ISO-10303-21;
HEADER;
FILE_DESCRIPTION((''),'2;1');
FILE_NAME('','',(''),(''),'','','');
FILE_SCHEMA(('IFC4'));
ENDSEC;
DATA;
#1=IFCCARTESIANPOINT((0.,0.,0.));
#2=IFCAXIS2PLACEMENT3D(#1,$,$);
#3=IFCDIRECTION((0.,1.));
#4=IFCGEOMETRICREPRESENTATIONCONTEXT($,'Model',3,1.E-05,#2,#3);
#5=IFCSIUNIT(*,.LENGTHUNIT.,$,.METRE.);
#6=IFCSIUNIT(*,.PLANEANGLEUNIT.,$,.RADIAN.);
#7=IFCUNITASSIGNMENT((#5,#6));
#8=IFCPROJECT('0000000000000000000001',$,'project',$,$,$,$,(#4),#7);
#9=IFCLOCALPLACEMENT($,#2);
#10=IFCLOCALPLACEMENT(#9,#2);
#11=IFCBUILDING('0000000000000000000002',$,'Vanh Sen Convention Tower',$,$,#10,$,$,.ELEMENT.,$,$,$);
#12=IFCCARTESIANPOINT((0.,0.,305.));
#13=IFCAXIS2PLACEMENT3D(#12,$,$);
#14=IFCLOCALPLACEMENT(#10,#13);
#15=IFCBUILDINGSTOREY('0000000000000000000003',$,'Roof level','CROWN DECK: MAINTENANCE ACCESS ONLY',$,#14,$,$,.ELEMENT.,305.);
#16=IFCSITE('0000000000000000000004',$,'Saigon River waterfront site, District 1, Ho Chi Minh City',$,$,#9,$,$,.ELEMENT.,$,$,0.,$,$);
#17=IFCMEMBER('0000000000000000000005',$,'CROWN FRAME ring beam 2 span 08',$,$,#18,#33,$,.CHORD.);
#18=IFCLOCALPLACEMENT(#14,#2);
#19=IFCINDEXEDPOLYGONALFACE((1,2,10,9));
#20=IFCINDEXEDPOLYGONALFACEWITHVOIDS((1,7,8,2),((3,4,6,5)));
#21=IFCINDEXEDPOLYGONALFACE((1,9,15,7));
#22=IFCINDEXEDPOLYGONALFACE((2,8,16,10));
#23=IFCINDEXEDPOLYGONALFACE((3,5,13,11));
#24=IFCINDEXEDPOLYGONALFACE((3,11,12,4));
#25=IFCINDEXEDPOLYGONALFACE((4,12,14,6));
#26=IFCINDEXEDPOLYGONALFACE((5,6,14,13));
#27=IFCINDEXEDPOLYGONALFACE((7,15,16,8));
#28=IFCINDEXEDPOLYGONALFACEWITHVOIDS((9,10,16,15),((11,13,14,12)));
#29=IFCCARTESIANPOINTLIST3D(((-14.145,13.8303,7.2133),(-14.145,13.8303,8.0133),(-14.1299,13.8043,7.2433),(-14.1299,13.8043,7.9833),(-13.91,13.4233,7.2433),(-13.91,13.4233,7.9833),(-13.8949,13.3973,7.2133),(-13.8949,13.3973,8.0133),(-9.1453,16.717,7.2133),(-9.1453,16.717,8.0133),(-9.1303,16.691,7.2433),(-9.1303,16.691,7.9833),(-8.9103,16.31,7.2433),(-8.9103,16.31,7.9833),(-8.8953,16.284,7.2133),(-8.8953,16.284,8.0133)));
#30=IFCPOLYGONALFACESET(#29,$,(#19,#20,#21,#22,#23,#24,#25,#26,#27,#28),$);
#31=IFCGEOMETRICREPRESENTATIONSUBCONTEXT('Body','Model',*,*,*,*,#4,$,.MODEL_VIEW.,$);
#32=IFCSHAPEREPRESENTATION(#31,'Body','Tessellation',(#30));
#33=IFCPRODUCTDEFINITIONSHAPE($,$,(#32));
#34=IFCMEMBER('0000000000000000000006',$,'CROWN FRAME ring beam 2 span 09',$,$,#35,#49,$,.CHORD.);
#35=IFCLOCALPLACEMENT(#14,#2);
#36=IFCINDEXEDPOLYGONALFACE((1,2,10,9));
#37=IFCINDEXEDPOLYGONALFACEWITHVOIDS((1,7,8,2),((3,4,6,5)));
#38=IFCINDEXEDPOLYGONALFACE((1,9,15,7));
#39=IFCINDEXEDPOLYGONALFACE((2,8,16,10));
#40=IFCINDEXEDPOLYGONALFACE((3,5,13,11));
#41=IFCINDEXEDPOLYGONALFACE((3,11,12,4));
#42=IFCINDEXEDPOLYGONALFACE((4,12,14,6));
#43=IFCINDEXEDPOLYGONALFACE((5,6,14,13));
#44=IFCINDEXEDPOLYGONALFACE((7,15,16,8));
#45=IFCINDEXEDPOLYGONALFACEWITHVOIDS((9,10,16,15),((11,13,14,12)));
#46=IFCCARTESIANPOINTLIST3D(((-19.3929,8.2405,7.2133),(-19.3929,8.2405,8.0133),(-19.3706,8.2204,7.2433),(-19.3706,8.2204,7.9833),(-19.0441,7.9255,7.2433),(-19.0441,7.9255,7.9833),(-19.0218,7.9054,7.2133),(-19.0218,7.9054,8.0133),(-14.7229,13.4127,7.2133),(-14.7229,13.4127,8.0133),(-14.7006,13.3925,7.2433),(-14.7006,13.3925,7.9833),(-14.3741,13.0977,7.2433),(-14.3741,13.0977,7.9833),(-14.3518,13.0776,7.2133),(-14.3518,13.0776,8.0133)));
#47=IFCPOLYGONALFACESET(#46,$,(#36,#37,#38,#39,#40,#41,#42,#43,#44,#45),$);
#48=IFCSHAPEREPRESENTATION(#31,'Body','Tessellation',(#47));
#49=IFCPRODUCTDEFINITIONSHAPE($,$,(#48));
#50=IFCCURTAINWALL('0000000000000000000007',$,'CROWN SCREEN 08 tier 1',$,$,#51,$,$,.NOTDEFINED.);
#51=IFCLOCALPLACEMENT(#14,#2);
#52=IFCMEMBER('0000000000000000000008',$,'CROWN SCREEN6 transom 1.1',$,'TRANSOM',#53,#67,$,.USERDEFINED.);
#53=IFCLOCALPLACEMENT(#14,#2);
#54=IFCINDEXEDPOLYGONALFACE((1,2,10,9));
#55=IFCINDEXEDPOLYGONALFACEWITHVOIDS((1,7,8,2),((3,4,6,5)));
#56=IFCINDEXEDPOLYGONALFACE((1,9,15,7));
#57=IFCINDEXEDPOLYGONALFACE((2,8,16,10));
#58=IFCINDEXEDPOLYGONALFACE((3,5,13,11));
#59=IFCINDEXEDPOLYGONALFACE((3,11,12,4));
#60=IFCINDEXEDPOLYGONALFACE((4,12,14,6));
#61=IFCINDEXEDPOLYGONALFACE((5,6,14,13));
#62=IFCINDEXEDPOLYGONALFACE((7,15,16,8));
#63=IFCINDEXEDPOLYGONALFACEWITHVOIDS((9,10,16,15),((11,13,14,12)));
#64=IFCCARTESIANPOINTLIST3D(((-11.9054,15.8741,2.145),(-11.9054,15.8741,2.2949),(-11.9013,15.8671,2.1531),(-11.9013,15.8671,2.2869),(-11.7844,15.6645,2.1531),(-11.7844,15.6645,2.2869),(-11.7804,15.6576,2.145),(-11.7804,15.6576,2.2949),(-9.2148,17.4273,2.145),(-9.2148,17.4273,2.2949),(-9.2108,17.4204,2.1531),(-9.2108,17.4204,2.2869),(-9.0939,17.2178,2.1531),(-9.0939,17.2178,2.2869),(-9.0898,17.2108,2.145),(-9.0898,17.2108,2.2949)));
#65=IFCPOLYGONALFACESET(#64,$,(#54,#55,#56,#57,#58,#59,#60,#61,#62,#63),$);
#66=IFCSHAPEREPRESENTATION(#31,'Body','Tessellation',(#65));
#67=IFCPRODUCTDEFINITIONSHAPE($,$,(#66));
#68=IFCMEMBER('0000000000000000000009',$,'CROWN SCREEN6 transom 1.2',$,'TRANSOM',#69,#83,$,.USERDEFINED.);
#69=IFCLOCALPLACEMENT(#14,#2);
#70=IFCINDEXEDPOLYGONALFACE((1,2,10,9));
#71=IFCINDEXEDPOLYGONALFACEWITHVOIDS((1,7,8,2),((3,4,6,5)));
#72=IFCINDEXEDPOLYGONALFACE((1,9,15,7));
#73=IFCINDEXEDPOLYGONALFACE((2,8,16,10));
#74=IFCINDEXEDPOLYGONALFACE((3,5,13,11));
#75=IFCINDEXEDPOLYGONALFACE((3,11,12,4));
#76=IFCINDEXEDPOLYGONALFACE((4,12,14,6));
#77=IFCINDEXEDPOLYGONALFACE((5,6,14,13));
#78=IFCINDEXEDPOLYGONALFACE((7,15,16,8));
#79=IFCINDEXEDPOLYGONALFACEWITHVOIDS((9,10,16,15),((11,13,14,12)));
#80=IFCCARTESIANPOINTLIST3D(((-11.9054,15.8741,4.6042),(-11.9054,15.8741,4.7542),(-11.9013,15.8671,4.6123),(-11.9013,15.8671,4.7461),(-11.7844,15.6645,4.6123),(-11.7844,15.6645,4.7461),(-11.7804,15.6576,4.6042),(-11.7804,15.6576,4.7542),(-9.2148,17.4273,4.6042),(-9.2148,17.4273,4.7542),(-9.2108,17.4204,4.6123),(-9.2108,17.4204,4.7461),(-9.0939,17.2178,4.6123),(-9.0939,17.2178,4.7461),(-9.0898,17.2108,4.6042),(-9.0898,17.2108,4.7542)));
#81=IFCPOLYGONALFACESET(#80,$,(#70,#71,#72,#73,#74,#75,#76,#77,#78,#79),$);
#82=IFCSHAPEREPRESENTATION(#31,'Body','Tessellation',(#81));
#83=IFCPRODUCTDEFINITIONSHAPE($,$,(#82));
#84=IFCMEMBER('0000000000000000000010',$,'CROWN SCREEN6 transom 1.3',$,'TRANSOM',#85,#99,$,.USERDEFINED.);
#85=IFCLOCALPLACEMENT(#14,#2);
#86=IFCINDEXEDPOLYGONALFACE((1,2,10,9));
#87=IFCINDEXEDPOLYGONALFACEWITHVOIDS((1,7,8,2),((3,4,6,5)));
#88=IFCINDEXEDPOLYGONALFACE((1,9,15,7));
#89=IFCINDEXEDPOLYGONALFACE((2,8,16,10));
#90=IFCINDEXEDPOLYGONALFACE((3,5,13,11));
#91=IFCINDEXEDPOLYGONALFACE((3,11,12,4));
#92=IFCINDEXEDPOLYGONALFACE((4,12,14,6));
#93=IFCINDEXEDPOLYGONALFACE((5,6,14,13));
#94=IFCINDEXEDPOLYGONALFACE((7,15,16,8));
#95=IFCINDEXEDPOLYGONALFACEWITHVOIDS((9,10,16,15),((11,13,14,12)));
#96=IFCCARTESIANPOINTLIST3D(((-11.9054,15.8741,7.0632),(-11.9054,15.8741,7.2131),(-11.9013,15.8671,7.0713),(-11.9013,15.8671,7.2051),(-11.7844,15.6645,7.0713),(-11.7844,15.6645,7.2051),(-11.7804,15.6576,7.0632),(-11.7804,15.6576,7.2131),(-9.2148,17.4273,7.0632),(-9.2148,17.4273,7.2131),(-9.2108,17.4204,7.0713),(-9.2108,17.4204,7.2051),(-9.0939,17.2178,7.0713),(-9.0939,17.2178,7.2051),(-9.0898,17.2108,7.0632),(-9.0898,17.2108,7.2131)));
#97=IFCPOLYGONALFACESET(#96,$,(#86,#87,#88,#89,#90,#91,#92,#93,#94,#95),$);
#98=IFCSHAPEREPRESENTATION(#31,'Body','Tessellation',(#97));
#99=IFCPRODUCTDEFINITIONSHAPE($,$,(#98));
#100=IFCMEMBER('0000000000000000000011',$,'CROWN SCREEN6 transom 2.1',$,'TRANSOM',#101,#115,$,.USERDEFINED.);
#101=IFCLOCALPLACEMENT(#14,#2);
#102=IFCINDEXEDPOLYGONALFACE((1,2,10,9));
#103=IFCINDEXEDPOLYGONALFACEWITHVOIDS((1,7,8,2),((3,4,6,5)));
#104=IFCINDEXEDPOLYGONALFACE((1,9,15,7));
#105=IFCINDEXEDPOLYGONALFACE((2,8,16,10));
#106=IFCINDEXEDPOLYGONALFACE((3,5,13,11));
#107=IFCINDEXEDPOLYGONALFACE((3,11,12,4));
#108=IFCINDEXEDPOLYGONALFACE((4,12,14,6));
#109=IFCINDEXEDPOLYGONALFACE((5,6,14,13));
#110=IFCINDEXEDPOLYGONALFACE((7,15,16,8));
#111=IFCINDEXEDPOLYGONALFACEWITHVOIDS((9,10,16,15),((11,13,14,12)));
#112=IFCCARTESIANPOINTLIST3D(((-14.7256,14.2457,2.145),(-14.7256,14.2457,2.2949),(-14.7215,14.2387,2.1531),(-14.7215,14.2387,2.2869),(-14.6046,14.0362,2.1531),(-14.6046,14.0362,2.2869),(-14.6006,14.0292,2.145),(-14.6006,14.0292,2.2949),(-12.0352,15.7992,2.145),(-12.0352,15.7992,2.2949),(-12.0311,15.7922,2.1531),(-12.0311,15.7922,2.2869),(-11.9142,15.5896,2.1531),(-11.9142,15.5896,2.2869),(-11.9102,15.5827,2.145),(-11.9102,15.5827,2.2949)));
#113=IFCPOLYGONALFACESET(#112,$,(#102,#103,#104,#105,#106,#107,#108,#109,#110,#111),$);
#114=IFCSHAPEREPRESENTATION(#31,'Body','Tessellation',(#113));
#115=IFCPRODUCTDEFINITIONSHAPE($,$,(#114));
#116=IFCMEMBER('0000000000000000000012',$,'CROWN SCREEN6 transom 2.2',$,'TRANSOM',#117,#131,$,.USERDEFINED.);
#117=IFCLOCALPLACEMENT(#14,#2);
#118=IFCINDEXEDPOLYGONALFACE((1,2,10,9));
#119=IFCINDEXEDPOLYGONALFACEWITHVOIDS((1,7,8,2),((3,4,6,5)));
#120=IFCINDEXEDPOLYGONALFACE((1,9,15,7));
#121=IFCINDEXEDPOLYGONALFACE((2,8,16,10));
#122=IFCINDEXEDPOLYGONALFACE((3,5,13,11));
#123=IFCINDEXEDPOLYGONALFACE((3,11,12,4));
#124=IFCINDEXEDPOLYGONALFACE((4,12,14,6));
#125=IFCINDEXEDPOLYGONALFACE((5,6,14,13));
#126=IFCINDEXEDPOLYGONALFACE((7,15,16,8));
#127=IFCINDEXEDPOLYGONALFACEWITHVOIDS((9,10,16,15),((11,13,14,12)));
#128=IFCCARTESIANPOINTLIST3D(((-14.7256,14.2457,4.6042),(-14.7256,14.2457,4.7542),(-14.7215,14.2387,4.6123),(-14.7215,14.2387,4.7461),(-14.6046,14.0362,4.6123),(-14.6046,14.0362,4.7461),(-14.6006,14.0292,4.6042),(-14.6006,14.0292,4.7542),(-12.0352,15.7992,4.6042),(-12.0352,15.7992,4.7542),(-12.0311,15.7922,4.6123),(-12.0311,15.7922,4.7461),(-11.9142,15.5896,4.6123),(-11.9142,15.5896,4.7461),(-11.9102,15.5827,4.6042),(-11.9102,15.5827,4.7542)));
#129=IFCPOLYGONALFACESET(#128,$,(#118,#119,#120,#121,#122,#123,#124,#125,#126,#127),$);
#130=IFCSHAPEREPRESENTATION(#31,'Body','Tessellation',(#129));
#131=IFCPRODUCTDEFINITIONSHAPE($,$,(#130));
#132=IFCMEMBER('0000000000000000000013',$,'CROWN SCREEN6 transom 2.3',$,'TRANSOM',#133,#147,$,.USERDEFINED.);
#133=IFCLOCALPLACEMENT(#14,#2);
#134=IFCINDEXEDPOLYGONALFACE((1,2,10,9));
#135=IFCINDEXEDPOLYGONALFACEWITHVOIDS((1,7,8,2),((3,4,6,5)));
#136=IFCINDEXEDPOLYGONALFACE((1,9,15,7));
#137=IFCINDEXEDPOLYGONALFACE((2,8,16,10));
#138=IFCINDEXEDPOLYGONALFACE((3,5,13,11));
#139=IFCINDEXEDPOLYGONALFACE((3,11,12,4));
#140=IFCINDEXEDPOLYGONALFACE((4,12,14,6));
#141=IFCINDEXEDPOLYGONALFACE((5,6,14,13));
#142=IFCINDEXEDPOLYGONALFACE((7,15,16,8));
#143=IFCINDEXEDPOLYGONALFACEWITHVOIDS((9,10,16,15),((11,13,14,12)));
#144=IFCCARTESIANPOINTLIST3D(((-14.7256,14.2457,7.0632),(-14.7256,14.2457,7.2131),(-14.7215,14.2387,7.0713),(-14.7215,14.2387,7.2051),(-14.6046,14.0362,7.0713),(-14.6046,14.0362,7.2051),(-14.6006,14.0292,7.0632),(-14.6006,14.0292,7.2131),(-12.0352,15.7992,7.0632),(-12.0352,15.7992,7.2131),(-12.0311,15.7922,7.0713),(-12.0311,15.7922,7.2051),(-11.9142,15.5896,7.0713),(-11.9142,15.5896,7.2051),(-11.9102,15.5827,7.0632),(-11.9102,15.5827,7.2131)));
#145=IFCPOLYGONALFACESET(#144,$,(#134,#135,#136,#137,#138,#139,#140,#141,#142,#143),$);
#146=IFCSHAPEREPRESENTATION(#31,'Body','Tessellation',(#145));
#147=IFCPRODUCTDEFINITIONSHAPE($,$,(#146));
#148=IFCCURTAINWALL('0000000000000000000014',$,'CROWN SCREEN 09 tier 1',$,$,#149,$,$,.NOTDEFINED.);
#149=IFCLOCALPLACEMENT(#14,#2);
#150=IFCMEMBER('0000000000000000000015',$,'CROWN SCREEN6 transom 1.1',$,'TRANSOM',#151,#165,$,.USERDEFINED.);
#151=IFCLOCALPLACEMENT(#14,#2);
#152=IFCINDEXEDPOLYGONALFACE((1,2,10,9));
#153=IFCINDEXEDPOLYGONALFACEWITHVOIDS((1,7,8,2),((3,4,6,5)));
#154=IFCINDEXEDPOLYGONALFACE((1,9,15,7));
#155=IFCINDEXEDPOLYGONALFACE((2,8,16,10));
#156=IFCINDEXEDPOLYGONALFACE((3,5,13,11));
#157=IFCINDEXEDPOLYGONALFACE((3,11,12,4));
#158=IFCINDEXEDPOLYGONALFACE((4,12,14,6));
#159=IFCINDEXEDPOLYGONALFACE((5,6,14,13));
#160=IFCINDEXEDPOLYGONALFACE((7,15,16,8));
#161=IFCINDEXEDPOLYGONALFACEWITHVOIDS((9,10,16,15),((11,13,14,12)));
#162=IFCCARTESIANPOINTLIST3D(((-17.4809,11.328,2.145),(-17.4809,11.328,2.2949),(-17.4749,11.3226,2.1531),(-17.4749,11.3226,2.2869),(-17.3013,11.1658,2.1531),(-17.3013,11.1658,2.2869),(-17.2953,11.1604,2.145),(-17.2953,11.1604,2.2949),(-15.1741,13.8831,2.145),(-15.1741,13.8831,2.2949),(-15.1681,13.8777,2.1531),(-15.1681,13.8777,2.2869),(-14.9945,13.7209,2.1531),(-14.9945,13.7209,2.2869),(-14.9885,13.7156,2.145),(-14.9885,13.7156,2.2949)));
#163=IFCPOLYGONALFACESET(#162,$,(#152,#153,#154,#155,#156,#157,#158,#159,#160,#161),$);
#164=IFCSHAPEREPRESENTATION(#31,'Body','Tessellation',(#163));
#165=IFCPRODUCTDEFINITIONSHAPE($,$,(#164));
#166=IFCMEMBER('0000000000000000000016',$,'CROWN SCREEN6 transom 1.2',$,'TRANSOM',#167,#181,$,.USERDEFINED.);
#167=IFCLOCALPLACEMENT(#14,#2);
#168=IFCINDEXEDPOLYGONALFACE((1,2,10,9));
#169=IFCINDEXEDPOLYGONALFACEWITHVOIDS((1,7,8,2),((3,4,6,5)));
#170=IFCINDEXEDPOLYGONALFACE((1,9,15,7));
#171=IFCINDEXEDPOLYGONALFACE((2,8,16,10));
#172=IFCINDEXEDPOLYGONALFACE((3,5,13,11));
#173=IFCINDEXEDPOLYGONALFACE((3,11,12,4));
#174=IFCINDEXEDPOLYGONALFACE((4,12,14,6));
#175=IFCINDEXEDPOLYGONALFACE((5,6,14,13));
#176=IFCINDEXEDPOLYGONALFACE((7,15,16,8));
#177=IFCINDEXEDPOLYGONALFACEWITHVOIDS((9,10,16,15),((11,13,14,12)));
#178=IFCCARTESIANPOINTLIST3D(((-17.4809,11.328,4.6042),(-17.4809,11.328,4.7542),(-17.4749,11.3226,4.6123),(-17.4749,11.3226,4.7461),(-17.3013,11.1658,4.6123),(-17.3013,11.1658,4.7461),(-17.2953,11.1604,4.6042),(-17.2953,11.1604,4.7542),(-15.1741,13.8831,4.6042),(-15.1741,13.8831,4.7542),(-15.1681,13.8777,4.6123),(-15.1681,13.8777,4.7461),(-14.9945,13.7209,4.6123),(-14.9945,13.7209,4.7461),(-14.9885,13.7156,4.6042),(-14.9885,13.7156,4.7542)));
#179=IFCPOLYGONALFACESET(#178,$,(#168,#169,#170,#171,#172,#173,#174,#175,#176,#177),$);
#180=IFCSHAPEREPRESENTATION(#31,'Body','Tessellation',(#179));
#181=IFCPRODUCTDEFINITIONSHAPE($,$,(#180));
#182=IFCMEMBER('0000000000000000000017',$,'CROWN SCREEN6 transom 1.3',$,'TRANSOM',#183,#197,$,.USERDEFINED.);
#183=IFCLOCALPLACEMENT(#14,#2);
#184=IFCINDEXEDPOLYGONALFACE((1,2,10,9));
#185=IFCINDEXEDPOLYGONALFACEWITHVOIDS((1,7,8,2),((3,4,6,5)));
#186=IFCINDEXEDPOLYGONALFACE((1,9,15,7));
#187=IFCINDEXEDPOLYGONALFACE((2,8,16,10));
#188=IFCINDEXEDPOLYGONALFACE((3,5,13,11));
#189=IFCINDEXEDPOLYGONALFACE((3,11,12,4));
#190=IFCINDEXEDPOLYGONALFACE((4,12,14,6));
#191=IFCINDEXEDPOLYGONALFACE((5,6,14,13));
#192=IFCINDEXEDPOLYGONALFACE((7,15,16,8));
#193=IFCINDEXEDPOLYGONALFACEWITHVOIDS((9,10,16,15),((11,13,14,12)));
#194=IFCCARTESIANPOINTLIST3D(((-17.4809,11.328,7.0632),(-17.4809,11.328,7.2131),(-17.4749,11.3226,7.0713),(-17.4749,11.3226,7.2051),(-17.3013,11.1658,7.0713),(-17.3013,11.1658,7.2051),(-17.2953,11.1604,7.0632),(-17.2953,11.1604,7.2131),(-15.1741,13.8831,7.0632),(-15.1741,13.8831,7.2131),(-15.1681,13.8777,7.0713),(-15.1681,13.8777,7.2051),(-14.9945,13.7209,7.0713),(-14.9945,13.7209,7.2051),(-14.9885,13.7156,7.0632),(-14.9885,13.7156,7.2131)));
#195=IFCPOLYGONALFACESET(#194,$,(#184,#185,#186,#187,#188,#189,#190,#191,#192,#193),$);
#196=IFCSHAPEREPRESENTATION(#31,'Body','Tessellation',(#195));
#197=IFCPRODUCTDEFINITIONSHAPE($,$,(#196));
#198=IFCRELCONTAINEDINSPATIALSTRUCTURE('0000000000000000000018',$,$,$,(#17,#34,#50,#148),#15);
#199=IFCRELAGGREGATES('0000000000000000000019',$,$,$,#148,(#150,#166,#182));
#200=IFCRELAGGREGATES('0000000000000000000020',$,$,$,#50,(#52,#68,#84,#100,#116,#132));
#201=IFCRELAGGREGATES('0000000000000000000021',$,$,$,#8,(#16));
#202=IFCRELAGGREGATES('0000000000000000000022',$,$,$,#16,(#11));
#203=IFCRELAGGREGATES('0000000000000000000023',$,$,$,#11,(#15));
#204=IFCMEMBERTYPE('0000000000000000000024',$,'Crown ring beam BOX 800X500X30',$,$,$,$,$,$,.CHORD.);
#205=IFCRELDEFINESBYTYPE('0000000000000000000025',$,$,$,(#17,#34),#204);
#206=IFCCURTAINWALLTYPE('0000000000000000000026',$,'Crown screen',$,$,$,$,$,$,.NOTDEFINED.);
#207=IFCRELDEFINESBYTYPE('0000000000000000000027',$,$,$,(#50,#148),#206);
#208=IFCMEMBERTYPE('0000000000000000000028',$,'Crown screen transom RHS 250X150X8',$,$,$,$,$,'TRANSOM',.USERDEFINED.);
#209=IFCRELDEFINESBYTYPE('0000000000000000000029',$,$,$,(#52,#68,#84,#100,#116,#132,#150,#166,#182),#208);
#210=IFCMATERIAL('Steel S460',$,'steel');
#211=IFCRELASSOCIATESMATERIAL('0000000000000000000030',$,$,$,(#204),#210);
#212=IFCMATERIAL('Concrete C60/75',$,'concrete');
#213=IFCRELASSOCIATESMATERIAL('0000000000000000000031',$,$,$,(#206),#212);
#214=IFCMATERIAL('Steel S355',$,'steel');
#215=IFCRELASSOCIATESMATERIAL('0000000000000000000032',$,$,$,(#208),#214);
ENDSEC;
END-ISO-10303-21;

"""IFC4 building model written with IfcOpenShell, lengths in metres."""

from ifc_helpers import new_model, si_unit, direction, frame, origin, origin_2d, place, context, subcontext, project, spatial, hollow_rectangle, extrude, material, material_profile, profile_set, type_object, element, aggregate, save


model = new_model("IFC4")

# Units and contexts
model_context = context("Model", 3, precision=1e-05, world=origin(), true_north=direction((0.0, 1.0)))
body_context = subcontext(model_context, "Body", "Model", "MODEL_VIEW")
ifc_project = project(units=[si_unit("LENGTHUNIT", "METRE"), si_unit("PLANEANGLEUNIT", "RADIAN")], contexts=[model_context])

# Site, building, storey
site_placement = place(None, origin())
site = spatial("IfcSite", under=ifc_project, at=site_placement, Name="Saigon River waterfront site, District 1, Ho Chi Minh City", CompositionType="ELEMENT", RefElevation=0.0)
building_placement = place(site_placement, origin())
building = spatial("IfcBuilding", under=site, at=building_placement, Name="Vanh Sen Convention Tower", CompositionType="ELEMENT")
storey_placement = place(building_placement, frame((0.0, 0.0, 305.0)))
storey = spatial("IfcBuildingStorey", under=building, at=storey_placement, Name="Roof level", Description="CROWN DECK: MAINTENANCE ACCESS ONLY", CompositionType="ELEMENT", Elevation=305.0)

# Members
ifc_material_1 = material(Name="Steel S460", Category="steel")
ifc_material_profile_1 = material_profile(ifc_material_1, hollow_rectangle(XDim=0.5, YDim=0.8, WallThickness=0.03, at=origin_2d()), Name="BOX 800X500X30")
ifc_profile_set_1 = profile_set([ifc_material_profile_1], Name="Steel S460")
member_type_1 = type_object("IfcMemberType", Name="Crown ring beam BOX 800X500X30", PredefinedType="CHORD", material=ifc_profile_set_1)
member_1_placement = place(storey_placement, frame((-9.0203, 16.5005, 7.6133), z_axis=(-0.866017, -0.500014, 0.0), x_axis=(0.500014, -0.866017, 0.0)))
element("IfcMember", 1, at=member_1_placement, inside=storey, type_object=member_type_1, Name="CROWN FRAME ring beam 2 span 08", PredefinedType="CHORD", context=body_context, shape_type="SweptSolid", body=[
    extrude(hollow_rectangle(XDim=0.5, YDim=0.8, WallThickness=0.03, at=origin_2d()), origin(), (0.0, 0.0, 1.0), 5.7732),
])
member_2_placement = place(storey_placement, frame((-14.5374, 13.2451, 7.6133), z_axis=(-0.670154, -0.742222, 0.0), x_axis=(0.742222, -0.670154, 0.0)))
element("IfcMember", 2, at=member_2_placement, inside=storey, type_object=member_type_1, Name="CROWN FRAME ring beam 2 span 09", PredefinedType="CHORD", context=body_context, shape_type="SweptSolid", body=[
    extrude(hollow_rectangle(XDim=0.5, YDim=0.8, WallThickness=0.03, at=origin_2d()), origin(), (0.0, 0.0, 1.0), 6.9685),
])

# Curtain walls, members
ifc_material_2 = material(Name="Concrete C60/75", Category="concrete")
curtain_wall_type = type_object("IfcCurtainWallType", Name="Crown screen", PredefinedType="NOTDEFINED", material=ifc_material_2)
curtain_wall_1_placement = place(storey_placement, origin())
curtain_wall_1 = element("IfcCurtainWall", 3, at=curtain_wall_1_placement, inside=storey, type_object=curtain_wall_type, Name="CROWN SCREEN 08 tier 1", PredefinedType="NOTDEFINED")
ifc_material_3 = material(Name="Steel S355", Category="steel")
ifc_material_profile_2 = material_profile(ifc_material_3, hollow_rectangle(XDim=0.25, YDim=0.1499, WallThickness=0.0081, at=origin_2d()), Name="RHS 250X150X8")
ifc_profile_set_2 = profile_set([ifc_material_profile_2], Name="Steel S355")
member_type_2 = type_object("IfcMemberType", Name="Crown screen transom RHS 250X150X8", ElementType="TRANSOM", PredefinedType="USERDEFINED", material=ifc_profile_set_2)
member_3_placement = place(storey_placement, frame((-9.1523, 17.3191, 2.22), z_axis=(-0.866039, -0.499976, 0.0), x_axis=(0.499976, -0.866039, 0.0)))
member_3 = element("IfcMember", 4, at=member_3_placement, type_object=member_type_2, Name="CROWN SCREEN6 transom 1.1", ObjectType="TRANSOM", PredefinedType="USERDEFINED", context=body_context, shape_type="SweptSolid", body=[
    extrude(hollow_rectangle(XDim=0.25, YDim=0.1499, WallThickness=0.0081, at=origin_2d()), origin(), (0.0, 0.0, 1.0), 3.1067),
])
member_4_placement = place(storey_placement, frame((-9.1523, 17.3191, 4.6792), z_axis=(-0.866039, -0.499976, 0.0), x_axis=(0.499976, -0.866039, 0.0)))
member_4 = element("IfcMember", 5, at=member_4_placement, type_object=member_type_2, Name="CROWN SCREEN6 transom 1.2", ObjectType="TRANSOM", PredefinedType="USERDEFINED", context=body_context, shape_type="SweptSolid", body=[
    extrude(hollow_rectangle(XDim=0.25, YDim=0.1499, WallThickness=0.0081, at=origin_2d()), origin(), (0.0, 0.0, 1.0), 3.1067),
])
member_5_placement = place(storey_placement, frame((-9.1523, 17.3191, 7.1382), z_axis=(-0.866039, -0.499976, 0.0), x_axis=(0.499976, -0.866039, 0.0)))
member_5 = element("IfcMember", 6, at=member_5_placement, type_object=member_type_2, Name="CROWN SCREEN6 transom 1.3", ObjectType="TRANSOM", PredefinedType="USERDEFINED", context=body_context, shape_type="SweptSolid", body=[
    extrude(hollow_rectangle(XDim=0.25, YDim=0.1499, WallThickness=0.0081, at=origin_2d()), origin(), (0.0, 0.0, 1.0), 3.1067),
])
member_6_placement = place(storey_placement, frame((-11.9727, 15.6909, 2.22), z_axis=(-0.866005, -0.500035, 0.0), x_axis=(0.500035, -0.866005, 0.0)))
member_6 = element("IfcMember", 7, at=member_6_placement, type_object=member_type_2, Name="CROWN SCREEN6 transom 2.1", ObjectType="TRANSOM", PredefinedType="USERDEFINED", context=body_context, shape_type="SweptSolid", body=[
    extrude(hollow_rectangle(XDim=0.25, YDim=0.1499, WallThickness=0.0081, at=origin_2d()), origin(), (0.0, 0.0, 1.0), 3.1067),
])
member_7_placement = place(storey_placement, frame((-11.9727, 15.6909, 4.6792), z_axis=(-0.866005, -0.500035, 0.0), x_axis=(0.500035, -0.866005, 0.0)))
member_7 = element("IfcMember", 8, at=member_7_placement, type_object=member_type_2, Name="CROWN SCREEN6 transom 2.2", ObjectType="TRANSOM", PredefinedType="USERDEFINED", context=body_context, shape_type="SweptSolid", body=[
    extrude(hollow_rectangle(XDim=0.25, YDim=0.1499, WallThickness=0.0081, at=origin_2d()), origin(), (0.0, 0.0, 1.0), 3.1067),
])
member_8_placement = place(storey_placement, frame((-11.9727, 15.6909, 7.1382), z_axis=(-0.866005, -0.500035, 0.0), x_axis=(0.500035, -0.866005, 0.0)))
member_8 = element("IfcMember", 9, at=member_8_placement, type_object=member_type_2, Name="CROWN SCREEN6 transom 2.3", ObjectType="TRANSOM", PredefinedType="USERDEFINED", context=body_context, shape_type="SweptSolid", body=[
    extrude(hollow_rectangle(XDim=0.25, YDim=0.1499, WallThickness=0.0081, at=origin_2d()), origin(), (0.0, 0.0, 1.0), 3.1067),
])
curtain_wall_2_placement = place(storey_placement, origin())
curtain_wall_2 = element("IfcCurtainWall", 10, at=curtain_wall_2_placement, inside=storey, type_object=curtain_wall_type, Name="CROWN SCREEN 09 tier 1", PredefinedType="NOTDEFINED")
member_9_placement = place(storey_placement, frame((-15.0813, 13.7993, 2.22), z_axis=(-0.670124, -0.742249, 0.0), x_axis=(0.742249, -0.670124, 0.0)))
member_9 = element("IfcMember", 11, at=member_9_placement, type_object=member_type_2, Name="CROWN SCREEN6 transom 1.1", ObjectType="TRANSOM", PredefinedType="USERDEFINED", context=body_context, shape_type="SweptSolid", body=[
    extrude(hollow_rectangle(XDim=0.25, YDim=0.1499, WallThickness=0.0081, at=origin_2d()), origin(), (0.0, 0.0, 1.0), 3.4424),
])
member_10_placement = place(storey_placement, frame((-15.0813, 13.7993, 4.6792), z_axis=(-0.670124, -0.742249, 0.0), x_axis=(0.742249, -0.670124, 0.0)))
member_10 = element("IfcMember", 12, at=member_10_placement, type_object=member_type_2, Name="CROWN SCREEN6 transom 1.2", ObjectType="TRANSOM", PredefinedType="USERDEFINED", context=body_context, shape_type="SweptSolid", body=[
    extrude(hollow_rectangle(XDim=0.25, YDim=0.1499, WallThickness=0.0081, at=origin_2d()), origin(), (0.0, 0.0, 1.0), 3.4424),
])
member_11_placement = place(storey_placement, frame((-15.0813, 13.7993, 7.1382), z_axis=(-0.670124, -0.742249, 0.0), x_axis=(0.742249, -0.670124, 0.0)))
member_11 = element("IfcMember", 13, at=member_11_placement, type_object=member_type_2, Name="CROWN SCREEN6 transom 1.3", ObjectType="TRANSOM", PredefinedType="USERDEFINED", context=body_context, shape_type="SweptSolid", body=[
    extrude(hollow_rectangle(XDim=0.25, YDim=0.1499, WallThickness=0.0081, at=origin_2d()), origin(), (0.0, 0.0, 1.0), 3.4424),
])
aggregate(curtain_wall_2, [member_9, member_10, member_11])

aggregate(curtain_wall_1, [member_3, member_4, member_5, member_6, member_7, member_8])

save(model, "model.ifc")
